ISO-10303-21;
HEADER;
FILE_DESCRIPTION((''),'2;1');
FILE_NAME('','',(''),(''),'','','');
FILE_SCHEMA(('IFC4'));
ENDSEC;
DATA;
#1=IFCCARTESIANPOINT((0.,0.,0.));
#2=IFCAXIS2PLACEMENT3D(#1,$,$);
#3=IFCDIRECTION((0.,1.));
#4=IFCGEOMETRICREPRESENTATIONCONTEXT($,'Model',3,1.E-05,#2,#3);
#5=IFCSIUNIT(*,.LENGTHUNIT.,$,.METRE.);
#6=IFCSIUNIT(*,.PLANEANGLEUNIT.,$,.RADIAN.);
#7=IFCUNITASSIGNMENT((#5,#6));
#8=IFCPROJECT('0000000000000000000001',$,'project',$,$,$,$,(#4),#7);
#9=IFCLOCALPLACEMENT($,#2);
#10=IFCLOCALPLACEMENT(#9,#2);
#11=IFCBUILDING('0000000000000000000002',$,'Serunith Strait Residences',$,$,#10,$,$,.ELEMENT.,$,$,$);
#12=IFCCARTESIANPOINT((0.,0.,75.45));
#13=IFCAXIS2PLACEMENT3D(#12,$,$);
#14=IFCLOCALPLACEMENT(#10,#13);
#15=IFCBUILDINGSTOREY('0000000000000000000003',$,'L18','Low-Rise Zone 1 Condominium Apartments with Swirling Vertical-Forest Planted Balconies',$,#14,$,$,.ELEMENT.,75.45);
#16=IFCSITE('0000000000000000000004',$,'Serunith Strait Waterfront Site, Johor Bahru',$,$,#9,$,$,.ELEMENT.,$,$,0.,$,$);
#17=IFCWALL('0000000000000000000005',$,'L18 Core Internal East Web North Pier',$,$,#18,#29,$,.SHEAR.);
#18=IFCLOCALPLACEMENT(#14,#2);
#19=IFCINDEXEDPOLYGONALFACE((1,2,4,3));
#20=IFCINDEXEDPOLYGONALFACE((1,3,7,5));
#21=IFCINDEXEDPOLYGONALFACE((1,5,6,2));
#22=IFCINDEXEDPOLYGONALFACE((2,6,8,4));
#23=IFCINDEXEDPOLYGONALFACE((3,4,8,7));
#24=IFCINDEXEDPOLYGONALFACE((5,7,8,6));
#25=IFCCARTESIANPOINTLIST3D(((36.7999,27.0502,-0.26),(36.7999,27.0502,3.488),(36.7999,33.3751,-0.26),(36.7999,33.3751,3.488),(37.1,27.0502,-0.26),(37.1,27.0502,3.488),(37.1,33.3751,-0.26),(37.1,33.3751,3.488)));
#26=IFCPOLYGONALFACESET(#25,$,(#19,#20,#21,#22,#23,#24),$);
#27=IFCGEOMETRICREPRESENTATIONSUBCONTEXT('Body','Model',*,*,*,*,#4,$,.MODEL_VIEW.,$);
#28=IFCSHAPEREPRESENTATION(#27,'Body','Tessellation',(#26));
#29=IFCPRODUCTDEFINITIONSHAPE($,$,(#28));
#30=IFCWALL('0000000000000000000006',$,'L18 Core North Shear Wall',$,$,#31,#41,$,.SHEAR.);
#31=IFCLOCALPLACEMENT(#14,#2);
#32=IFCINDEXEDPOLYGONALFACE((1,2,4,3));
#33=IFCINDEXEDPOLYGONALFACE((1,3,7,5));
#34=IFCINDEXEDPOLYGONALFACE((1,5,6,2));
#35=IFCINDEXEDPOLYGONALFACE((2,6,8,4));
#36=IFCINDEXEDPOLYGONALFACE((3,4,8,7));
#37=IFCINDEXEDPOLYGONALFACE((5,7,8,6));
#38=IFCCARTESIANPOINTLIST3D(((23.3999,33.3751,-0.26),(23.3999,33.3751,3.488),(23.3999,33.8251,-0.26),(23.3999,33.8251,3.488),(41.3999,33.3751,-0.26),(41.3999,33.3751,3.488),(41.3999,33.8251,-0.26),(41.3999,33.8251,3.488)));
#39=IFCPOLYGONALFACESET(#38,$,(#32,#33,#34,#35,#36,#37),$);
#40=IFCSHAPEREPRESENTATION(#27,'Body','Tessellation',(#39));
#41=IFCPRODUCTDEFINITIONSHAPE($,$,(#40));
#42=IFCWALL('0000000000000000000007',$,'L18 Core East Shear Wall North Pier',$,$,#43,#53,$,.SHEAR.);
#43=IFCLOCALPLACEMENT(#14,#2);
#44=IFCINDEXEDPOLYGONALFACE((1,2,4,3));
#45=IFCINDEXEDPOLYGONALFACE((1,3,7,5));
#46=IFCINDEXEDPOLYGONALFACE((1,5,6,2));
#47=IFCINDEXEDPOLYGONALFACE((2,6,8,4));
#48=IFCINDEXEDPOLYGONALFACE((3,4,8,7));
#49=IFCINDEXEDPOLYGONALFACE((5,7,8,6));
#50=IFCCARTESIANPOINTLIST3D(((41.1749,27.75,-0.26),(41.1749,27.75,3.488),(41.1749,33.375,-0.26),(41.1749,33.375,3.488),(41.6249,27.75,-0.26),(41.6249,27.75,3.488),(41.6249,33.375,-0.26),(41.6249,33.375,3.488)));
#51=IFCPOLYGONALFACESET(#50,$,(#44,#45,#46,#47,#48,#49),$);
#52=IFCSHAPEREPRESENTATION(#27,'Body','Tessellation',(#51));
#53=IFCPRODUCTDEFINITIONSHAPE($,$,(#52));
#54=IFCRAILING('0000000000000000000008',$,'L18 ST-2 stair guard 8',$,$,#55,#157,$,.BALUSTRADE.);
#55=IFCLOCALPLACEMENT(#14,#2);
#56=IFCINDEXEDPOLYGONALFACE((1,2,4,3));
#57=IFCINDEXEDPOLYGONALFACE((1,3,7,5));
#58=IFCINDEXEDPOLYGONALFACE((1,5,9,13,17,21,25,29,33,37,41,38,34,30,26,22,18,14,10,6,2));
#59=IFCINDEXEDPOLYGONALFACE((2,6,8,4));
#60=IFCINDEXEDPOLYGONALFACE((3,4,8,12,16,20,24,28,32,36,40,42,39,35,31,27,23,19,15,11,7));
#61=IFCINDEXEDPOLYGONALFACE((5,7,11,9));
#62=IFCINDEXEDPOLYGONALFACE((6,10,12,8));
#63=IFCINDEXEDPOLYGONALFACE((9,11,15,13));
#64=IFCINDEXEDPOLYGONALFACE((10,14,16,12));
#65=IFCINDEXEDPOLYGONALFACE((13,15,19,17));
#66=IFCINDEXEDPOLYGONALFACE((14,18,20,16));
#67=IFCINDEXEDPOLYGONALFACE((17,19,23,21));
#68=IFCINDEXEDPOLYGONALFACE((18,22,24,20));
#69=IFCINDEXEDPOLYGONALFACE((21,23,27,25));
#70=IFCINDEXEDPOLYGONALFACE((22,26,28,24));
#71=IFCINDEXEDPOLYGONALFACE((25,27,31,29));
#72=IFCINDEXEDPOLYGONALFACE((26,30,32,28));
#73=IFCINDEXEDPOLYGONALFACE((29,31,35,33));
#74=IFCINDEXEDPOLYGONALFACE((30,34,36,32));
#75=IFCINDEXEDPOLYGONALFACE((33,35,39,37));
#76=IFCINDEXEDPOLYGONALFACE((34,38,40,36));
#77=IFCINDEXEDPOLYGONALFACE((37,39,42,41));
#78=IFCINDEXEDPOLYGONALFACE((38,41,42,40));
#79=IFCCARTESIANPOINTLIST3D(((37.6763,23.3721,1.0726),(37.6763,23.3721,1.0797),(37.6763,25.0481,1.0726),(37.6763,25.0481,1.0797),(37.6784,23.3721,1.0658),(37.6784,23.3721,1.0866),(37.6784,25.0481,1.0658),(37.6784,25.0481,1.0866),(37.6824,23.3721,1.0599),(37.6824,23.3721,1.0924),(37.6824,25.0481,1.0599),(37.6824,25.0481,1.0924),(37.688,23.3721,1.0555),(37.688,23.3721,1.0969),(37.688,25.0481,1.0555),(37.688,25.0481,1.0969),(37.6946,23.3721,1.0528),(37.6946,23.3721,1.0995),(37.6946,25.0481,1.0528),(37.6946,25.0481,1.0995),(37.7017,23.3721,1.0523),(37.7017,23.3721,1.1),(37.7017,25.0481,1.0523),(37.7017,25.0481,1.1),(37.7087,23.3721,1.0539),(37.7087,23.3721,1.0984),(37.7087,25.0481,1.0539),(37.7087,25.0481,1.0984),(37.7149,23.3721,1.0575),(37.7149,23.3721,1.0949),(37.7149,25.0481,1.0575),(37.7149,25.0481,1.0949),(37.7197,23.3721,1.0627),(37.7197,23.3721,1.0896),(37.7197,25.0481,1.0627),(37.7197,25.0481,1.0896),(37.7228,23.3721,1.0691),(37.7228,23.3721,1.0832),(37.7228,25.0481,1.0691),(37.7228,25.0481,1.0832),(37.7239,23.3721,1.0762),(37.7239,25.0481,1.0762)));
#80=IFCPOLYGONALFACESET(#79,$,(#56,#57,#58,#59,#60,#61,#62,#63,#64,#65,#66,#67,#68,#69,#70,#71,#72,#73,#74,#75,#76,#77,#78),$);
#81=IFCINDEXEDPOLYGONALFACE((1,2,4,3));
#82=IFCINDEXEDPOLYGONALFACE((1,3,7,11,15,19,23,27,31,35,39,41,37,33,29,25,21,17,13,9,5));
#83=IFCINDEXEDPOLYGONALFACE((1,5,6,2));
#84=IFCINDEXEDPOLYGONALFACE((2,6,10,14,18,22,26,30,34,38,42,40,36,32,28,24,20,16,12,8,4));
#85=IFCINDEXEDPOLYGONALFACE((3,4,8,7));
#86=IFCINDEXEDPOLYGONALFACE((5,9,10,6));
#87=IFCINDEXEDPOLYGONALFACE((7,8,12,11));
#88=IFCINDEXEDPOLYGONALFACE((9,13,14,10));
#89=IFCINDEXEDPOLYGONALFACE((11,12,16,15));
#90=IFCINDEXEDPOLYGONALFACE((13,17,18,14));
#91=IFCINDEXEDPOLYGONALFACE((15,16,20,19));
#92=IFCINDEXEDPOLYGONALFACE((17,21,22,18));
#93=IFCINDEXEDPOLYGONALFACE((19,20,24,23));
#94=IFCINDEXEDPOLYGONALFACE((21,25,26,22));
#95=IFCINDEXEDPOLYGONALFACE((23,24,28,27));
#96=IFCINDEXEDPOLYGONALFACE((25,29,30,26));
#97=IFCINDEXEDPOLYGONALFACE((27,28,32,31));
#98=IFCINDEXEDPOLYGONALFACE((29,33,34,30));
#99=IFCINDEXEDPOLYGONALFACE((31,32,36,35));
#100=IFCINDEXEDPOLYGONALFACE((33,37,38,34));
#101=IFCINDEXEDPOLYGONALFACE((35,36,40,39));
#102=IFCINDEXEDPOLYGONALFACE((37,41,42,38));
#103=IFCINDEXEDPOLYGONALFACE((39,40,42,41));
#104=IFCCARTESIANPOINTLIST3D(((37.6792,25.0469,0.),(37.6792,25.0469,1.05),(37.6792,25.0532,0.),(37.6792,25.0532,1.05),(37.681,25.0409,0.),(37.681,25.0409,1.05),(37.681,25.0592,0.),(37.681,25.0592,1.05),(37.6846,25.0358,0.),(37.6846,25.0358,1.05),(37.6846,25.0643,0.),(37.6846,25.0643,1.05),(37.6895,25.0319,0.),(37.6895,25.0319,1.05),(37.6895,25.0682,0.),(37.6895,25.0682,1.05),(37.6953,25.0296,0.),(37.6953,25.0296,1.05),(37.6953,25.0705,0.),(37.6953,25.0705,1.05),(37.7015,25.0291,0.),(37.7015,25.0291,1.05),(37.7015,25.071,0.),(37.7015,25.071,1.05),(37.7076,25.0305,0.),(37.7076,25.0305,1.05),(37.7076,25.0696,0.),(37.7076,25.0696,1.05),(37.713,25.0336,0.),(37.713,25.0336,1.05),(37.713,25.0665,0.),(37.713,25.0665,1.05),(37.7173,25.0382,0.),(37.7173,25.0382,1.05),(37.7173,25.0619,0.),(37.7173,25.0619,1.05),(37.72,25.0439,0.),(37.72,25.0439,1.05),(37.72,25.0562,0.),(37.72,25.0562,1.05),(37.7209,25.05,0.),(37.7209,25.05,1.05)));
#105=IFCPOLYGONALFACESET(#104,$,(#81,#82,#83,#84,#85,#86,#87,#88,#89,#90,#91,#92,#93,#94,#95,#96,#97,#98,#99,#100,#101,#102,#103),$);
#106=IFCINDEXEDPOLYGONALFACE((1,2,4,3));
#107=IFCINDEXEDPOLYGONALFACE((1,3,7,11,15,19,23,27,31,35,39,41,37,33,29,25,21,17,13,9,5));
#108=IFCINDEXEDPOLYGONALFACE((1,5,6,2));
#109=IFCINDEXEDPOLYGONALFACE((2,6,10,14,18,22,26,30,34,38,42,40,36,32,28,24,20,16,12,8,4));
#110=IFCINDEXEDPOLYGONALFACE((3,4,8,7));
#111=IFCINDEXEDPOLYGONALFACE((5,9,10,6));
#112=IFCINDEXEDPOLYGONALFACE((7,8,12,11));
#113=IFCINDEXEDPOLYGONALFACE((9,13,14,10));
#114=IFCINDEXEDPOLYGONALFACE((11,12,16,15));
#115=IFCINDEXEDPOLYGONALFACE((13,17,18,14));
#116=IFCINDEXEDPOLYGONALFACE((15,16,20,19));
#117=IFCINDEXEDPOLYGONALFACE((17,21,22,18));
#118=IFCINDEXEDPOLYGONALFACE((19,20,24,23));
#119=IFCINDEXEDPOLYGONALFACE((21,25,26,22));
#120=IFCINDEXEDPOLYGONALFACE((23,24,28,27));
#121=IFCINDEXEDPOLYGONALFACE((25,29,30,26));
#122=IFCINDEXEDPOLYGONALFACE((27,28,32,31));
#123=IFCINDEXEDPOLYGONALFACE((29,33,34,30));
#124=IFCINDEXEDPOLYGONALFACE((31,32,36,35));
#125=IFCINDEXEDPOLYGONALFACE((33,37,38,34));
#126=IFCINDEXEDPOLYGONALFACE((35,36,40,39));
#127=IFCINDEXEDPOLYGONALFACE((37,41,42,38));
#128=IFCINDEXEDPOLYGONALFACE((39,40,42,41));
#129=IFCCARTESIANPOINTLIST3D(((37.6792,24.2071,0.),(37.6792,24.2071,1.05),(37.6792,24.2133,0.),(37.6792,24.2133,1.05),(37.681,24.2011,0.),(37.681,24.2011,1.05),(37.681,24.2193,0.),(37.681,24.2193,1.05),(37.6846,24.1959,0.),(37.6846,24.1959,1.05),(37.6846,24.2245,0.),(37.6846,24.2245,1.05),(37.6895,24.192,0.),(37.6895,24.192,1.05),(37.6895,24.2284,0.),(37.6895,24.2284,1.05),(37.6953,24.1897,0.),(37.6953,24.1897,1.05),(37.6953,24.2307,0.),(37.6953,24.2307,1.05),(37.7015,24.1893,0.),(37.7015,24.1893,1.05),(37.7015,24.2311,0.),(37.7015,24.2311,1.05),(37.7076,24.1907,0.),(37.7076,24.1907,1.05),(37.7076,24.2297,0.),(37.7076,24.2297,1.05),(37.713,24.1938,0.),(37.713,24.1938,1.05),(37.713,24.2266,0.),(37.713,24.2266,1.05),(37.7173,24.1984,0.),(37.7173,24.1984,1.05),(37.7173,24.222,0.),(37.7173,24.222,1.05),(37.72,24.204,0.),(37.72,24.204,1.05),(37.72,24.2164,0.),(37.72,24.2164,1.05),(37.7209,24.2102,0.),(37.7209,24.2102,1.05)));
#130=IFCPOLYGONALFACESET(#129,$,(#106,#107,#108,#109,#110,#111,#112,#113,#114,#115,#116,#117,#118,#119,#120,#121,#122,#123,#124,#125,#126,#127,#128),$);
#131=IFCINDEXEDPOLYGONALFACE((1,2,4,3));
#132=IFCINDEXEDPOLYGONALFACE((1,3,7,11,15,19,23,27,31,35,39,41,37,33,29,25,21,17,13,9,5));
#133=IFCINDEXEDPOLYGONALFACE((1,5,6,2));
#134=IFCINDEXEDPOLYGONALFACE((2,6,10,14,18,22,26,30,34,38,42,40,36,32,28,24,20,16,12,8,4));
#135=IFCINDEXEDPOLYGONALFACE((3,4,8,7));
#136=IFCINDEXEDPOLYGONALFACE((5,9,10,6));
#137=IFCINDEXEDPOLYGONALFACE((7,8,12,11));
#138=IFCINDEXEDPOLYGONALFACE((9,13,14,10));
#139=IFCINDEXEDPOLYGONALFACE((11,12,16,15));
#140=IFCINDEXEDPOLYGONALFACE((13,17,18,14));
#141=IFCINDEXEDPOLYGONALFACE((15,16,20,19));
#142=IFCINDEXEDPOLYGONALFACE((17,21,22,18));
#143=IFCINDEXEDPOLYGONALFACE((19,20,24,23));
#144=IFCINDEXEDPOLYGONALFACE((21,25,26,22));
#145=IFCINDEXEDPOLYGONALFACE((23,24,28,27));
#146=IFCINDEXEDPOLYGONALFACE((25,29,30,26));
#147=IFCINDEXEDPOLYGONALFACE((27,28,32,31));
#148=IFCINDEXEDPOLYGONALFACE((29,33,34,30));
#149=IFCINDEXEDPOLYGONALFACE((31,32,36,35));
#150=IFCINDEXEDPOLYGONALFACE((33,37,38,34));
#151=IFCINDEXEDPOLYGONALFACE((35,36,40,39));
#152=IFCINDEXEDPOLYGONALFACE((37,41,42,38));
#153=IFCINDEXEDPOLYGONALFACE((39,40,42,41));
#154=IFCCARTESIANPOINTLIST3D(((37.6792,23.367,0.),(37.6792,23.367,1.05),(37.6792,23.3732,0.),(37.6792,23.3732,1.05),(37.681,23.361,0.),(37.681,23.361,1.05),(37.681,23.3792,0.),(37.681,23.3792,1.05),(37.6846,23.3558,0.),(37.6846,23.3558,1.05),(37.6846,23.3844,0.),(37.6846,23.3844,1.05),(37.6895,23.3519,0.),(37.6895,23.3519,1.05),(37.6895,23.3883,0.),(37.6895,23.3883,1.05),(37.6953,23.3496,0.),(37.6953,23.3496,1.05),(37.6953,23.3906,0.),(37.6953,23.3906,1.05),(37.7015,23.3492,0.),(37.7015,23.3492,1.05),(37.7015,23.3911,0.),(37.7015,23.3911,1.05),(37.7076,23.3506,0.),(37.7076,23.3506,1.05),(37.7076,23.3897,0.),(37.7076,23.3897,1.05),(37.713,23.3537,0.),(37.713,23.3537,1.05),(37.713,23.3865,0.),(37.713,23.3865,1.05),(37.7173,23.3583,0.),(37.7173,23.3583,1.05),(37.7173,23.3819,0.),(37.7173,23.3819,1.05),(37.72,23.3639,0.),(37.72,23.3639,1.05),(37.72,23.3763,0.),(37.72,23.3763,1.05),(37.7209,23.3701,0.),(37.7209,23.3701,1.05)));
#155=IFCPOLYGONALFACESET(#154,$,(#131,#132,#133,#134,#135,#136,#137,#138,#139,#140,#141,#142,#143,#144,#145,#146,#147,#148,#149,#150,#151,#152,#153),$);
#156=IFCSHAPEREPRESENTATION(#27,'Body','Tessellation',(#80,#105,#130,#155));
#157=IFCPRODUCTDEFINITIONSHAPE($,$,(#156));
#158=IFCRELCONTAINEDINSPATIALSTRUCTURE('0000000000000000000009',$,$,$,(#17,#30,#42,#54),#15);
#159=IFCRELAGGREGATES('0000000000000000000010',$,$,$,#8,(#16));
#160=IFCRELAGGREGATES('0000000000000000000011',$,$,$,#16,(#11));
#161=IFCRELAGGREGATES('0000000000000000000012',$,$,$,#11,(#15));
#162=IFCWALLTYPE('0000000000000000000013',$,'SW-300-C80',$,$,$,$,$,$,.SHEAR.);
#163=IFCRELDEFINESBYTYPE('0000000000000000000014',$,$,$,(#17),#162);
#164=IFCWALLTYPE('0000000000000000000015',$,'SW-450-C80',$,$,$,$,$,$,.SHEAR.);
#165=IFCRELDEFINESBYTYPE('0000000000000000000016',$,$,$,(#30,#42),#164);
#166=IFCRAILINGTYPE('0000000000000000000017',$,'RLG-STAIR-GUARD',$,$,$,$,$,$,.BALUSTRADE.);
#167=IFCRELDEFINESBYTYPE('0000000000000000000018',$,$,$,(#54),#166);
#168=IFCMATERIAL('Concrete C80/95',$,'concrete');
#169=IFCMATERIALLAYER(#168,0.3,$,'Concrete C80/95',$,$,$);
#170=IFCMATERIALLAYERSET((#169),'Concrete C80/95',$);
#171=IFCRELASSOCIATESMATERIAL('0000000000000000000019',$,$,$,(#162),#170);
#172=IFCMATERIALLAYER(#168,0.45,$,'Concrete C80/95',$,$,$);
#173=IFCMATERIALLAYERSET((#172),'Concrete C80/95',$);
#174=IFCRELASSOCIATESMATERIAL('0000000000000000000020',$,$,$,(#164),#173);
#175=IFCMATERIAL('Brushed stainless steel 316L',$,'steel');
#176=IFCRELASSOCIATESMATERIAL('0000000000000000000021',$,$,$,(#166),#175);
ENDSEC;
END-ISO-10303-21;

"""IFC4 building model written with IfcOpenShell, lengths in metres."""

from ifc_helpers import new_model, si_unit, direction, frame, frame_2d, origin, origin_2d, place, context, subcontext, project, spatial, rectangle, circle, extrude, material, layer, layer_set, type_object, element, save


model = new_model("IFC4")

# Units and contexts
model_context = context("Model", 3, precision=1e-05, world=origin(), true_north=direction((0.0, 1.0)))
body_context = subcontext(model_context, "Body", "Model", "MODEL_VIEW")
ifc_project = project(units=[si_unit("LENGTHUNIT", "METRE"), si_unit("PLANEANGLEUNIT", "RADIAN")], contexts=[model_context])

# Site, building, storey
site_placement = place(None, origin())
site = spatial("IfcSite", under=ifc_project, at=site_placement, Name="Serunith Strait Waterfront Site, Johor Bahru", CompositionType="ELEMENT", RefElevation=0.0)
building_placement = place(site_placement, origin())
building = spatial("IfcBuilding", under=site, at=building_placement, Name="Serunith Strait Residences", CompositionType="ELEMENT")
storey_placement = place(building_placement, frame((0.0, 0.0, 75.45)))
storey = spatial("IfcBuildingStorey", under=building, at=storey_placement, Name="L18", Description="Low-Rise Zone 1 Condominium Apartments with Swirling Vertical-Forest Planted Balconies", CompositionType="ELEMENT", Elevation=75.45)

# Walls
ifc_material_1 = material(Name="Concrete C80/95", Category="concrete")
ifc_layer_1 = layer(ifc_material_1, 0.3, Name="Concrete C80/95")
ifc_layer_set_1 = layer_set([ifc_layer_1], Name="Concrete C80/95")
wall_type_1 = type_object("IfcWallType", Name="SW-300-C80", PredefinedType="SHEAR", material=ifc_layer_set_1)
wall_1_placement = place(storey_placement, frame((36.95, 27.05, -0.26), z_axis=(0.0, 0.0, 1.0), x_axis=(0.0, 1.0, 0.0)))
element("IfcWall", 1, at=wall_1_placement, inside=storey, type_object=wall_type_1, Name="L18 Core Internal East Web North Pier", PredefinedType="SHEAR", context=body_context, shape_type="SweptSolid", body=[
    extrude(rectangle(XDim=6.325, YDim=0.3, at=frame_2d((3.1626, 0.0))), origin(), (0.0, 0.0, 1.0), 3.748),
])
ifc_layer_2 = layer(ifc_material_1, 0.45, Name="Concrete C80/95")
ifc_layer_set_2 = layer_set([ifc_layer_2], Name="Concrete C80/95")
wall_type_2 = type_object("IfcWallType", Name="SW-450-C80", PredefinedType="SHEAR", material=ifc_layer_set_2)
wall_2_placement = place(storey_placement, frame((41.3999, 33.6001, -0.26), z_axis=(0.0, 0.0, 1.0), x_axis=(-1.0, 0.0, 0.0)))
element("IfcWall", 2, at=wall_2_placement, inside=storey, type_object=wall_type_2, Name="L18 Core North Shear Wall", PredefinedType="SHEAR", context=body_context, shape_type="SweptSolid", body=[
    extrude(rectangle(XDim=18.0, YDim=0.45, at=frame_2d((9.0, 0.0))), origin(), (0.0, 0.0, 1.0), 3.748),
])
wall_3_placement = place(storey_placement, frame((41.3999, 27.75, -0.26), z_axis=(0.0, 0.0, 1.0), x_axis=(0.0, 1.0, 0.0)))
element("IfcWall", 3, at=wall_3_placement, inside=storey, type_object=wall_type_2, Name="L18 Core East Shear Wall North Pier", PredefinedType="SHEAR", context=body_context, shape_type="SweptSolid", body=[
    extrude(rectangle(XDim=5.625, YDim=0.45, at=frame_2d((2.8125, 0.0))), origin(), (0.0, 0.0, 1.0), 3.748),
])

# Railing
ifc_material_2 = material(Name="Brushed stainless steel 316L", Category="steel")
railing_type = type_object("IfcRailingType", Name="RLG-STAIR-GUARD", PredefinedType="BALUSTRADE", material=ifc_material_2)
for number, where, name in (
    (4, (37.7, 25.05, 0.0), "L18 ST-2 stair guard 8"),
):
    element("IfcRailing", number, at=place(storey_placement, frame(where)), inside=storey, type_object=railing_type, Name=name, PredefinedType="BALUSTRADE", context=body_context, shape_type="SweptSolid", body=[
        extrude(circle(Radius=0.0239, at=origin_2d()), frame((0.0, -0.002, 1.0762), z_axis=(0.0, -1.0, 0.0), x_axis=(1.0, 0.0, 0.0)), (0.0, 0.0, 1.0), 1.676),
        extrude(circle(Radius=0.021, at=origin_2d()), origin(), (0.0, 0.0, 1.0), 1.05),
        extrude(circle(Radius=0.021, at=origin_2d()), frame((0.0, -0.8398, 0.0)), (0.0, 0.0, 1.0), 1.05),
        extrude(circle(Radius=0.021, at=origin_2d()), frame((0.0, -1.6799, 0.0)), (0.0, 0.0, 1.0), 1.05),
    ])

save(model, "model.ifc")
